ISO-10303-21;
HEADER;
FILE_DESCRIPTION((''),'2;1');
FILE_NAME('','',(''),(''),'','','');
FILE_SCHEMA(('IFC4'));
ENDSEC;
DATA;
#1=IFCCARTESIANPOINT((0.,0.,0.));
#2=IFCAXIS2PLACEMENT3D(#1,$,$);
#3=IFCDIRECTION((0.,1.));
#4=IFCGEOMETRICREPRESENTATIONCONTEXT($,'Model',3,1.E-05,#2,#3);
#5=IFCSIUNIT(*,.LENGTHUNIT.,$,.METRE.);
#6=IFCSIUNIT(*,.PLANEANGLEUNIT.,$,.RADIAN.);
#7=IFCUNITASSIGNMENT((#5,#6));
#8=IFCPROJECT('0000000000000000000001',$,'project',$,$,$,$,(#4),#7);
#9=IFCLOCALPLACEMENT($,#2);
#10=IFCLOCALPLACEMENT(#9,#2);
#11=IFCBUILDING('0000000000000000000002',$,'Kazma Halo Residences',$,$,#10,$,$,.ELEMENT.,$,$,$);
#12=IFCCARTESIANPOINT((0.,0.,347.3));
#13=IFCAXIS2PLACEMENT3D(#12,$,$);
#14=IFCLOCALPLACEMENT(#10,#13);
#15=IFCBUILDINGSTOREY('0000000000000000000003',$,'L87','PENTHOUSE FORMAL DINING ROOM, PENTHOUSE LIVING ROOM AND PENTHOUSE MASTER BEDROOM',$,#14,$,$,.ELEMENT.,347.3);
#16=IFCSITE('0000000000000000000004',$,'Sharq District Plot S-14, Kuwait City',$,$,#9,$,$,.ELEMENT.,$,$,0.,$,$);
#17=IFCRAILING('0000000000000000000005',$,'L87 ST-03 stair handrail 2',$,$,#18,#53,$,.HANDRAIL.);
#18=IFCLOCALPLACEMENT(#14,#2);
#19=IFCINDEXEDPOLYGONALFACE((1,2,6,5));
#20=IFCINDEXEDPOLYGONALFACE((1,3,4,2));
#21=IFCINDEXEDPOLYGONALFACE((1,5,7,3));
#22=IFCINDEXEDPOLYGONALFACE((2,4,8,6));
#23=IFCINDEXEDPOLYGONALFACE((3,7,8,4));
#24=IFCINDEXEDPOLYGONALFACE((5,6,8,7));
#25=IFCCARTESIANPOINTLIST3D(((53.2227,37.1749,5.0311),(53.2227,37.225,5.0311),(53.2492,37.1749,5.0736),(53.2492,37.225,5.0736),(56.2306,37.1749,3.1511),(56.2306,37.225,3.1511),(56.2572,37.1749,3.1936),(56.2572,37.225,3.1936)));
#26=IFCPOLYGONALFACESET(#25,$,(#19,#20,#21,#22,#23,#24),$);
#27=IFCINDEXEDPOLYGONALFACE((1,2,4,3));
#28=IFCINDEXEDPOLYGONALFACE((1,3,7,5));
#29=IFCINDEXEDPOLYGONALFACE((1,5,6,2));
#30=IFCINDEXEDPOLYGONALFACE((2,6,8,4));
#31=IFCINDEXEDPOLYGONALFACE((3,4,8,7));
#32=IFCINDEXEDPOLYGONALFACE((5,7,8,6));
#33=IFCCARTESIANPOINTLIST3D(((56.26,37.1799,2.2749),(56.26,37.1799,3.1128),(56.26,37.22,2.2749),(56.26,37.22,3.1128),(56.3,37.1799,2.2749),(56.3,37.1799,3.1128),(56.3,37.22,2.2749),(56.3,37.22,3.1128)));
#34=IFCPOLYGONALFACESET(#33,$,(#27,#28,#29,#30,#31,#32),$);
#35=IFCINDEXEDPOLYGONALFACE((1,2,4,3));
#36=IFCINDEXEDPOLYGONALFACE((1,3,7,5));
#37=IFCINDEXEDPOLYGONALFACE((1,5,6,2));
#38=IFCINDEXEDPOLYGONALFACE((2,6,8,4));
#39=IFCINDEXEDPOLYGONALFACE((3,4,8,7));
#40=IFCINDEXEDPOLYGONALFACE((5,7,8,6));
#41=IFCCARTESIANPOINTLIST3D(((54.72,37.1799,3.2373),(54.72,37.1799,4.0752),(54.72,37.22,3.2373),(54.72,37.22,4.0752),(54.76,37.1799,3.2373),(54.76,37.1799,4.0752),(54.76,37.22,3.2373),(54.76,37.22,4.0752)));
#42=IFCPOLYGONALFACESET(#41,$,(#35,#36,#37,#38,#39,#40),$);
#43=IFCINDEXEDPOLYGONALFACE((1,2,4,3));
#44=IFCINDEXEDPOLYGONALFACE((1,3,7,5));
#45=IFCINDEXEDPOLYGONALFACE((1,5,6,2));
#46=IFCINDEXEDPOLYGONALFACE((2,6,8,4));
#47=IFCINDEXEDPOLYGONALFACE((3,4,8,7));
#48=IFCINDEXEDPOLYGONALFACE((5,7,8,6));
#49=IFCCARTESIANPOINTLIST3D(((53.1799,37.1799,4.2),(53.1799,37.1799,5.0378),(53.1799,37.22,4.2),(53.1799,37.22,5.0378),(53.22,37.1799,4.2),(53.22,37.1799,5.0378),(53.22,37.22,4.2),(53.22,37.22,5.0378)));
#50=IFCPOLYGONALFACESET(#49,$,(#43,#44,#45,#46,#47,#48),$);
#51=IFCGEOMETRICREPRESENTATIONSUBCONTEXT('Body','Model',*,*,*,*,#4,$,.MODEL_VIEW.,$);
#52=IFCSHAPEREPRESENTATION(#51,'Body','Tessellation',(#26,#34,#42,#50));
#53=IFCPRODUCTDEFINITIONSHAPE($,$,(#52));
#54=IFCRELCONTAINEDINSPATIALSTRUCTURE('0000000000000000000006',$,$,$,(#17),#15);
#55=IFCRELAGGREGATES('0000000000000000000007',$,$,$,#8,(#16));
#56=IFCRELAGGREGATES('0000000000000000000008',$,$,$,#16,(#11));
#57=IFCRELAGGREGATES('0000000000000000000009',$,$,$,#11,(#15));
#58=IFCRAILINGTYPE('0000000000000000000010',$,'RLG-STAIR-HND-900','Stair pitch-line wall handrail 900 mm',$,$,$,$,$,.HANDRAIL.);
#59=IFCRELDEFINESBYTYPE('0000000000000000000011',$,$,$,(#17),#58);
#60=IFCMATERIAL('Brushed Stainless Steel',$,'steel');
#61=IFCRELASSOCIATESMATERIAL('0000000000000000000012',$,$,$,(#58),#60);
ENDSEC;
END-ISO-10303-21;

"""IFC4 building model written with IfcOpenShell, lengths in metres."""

from ifc_helpers import new_model, si_unit, direction, frame, origin, origin_2d, place, context, subcontext, project, spatial, rectangle, extrude, material, type_object, element, save


model = new_model("IFC4")

# Units and contexts
model_context = context("Model", 3, precision=1e-05, world=origin(), true_north=direction((0.0, 1.0)))
body_context = subcontext(model_context, "Body", "Model", "MODEL_VIEW")
ifc_project = project(units=[si_unit("LENGTHUNIT", "METRE"), si_unit("PLANEANGLEUNIT", "RADIAN")], contexts=[model_context])

# Site, building, storey
site_placement = place(None, origin())
site = spatial("IfcSite", under=ifc_project, at=site_placement, Name="Sharq District Plot S-14, Kuwait City", CompositionType="ELEMENT", RefElevation=0.0)
building_placement = place(site_placement, origin())
building = spatial("IfcBuilding", under=site, at=building_placement, Name="Kazma Halo Residences", CompositionType="ELEMENT")
storey_placement = place(building_placement, frame((0.0, 0.0, 347.3)))
storey = spatial("IfcBuildingStorey", under=building, at=storey_placement, Name="L87", Description="PENTHOUSE FORMAL DINING ROOM, PENTHOUSE LIVING ROOM AND PENTHOUSE MASTER BEDROOM", CompositionType="ELEMENT", Elevation=347.3)

# Railing
ifc_material_1 = material(Name="Brushed Stainless Steel", Category="steel")
railing_type_1 = type_object("IfcRailingType", Name="RLG-STAIR-HND-900", Description="Stair pitch-line wall handrail 900 mm", PredefinedType="HANDRAIL", material=ifc_material_1)
railing_1_placement = place(storey_placement, frame((56.28, 37.2, 2.2749)))
element("IfcRailing", 1, at=railing_1_placement, inside=storey, type_object=railing_type_1, Name="L87 ST-03 stair handrail 2", PredefinedType="HANDRAIL", context=body_context, shape_type="SweptSolid", body=[
    extrude(rectangle(XDim=0.05, YDim=0.05, at=origin_2d()), frame((-0.0361, 0.0, 0.8975), z_axis=(-0.847998, 0.0, 0.529999), x_axis=(0.0, -1.0, 0.0)), (0.0, 0.0, 1.0), 3.5471),
    extrude(rectangle(XDim=0.04, YDim=0.04, at=origin_2d()), origin(), (0.0, 0.0, 1.0), 0.8379),
    extrude(rectangle(XDim=0.04, YDim=0.04, at=origin_2d()), frame((-1.54, 0.0, 0.9624)), (0.0, 0.0, 1.0), 0.8379),
    extrude(rectangle(XDim=0.04, YDim=0.04, at=origin_2d()), frame((-3.0801, 0.0, 1.925)), (0.0, 0.0, 1.0), 0.8379),
])

save(model, "model.ifc")
